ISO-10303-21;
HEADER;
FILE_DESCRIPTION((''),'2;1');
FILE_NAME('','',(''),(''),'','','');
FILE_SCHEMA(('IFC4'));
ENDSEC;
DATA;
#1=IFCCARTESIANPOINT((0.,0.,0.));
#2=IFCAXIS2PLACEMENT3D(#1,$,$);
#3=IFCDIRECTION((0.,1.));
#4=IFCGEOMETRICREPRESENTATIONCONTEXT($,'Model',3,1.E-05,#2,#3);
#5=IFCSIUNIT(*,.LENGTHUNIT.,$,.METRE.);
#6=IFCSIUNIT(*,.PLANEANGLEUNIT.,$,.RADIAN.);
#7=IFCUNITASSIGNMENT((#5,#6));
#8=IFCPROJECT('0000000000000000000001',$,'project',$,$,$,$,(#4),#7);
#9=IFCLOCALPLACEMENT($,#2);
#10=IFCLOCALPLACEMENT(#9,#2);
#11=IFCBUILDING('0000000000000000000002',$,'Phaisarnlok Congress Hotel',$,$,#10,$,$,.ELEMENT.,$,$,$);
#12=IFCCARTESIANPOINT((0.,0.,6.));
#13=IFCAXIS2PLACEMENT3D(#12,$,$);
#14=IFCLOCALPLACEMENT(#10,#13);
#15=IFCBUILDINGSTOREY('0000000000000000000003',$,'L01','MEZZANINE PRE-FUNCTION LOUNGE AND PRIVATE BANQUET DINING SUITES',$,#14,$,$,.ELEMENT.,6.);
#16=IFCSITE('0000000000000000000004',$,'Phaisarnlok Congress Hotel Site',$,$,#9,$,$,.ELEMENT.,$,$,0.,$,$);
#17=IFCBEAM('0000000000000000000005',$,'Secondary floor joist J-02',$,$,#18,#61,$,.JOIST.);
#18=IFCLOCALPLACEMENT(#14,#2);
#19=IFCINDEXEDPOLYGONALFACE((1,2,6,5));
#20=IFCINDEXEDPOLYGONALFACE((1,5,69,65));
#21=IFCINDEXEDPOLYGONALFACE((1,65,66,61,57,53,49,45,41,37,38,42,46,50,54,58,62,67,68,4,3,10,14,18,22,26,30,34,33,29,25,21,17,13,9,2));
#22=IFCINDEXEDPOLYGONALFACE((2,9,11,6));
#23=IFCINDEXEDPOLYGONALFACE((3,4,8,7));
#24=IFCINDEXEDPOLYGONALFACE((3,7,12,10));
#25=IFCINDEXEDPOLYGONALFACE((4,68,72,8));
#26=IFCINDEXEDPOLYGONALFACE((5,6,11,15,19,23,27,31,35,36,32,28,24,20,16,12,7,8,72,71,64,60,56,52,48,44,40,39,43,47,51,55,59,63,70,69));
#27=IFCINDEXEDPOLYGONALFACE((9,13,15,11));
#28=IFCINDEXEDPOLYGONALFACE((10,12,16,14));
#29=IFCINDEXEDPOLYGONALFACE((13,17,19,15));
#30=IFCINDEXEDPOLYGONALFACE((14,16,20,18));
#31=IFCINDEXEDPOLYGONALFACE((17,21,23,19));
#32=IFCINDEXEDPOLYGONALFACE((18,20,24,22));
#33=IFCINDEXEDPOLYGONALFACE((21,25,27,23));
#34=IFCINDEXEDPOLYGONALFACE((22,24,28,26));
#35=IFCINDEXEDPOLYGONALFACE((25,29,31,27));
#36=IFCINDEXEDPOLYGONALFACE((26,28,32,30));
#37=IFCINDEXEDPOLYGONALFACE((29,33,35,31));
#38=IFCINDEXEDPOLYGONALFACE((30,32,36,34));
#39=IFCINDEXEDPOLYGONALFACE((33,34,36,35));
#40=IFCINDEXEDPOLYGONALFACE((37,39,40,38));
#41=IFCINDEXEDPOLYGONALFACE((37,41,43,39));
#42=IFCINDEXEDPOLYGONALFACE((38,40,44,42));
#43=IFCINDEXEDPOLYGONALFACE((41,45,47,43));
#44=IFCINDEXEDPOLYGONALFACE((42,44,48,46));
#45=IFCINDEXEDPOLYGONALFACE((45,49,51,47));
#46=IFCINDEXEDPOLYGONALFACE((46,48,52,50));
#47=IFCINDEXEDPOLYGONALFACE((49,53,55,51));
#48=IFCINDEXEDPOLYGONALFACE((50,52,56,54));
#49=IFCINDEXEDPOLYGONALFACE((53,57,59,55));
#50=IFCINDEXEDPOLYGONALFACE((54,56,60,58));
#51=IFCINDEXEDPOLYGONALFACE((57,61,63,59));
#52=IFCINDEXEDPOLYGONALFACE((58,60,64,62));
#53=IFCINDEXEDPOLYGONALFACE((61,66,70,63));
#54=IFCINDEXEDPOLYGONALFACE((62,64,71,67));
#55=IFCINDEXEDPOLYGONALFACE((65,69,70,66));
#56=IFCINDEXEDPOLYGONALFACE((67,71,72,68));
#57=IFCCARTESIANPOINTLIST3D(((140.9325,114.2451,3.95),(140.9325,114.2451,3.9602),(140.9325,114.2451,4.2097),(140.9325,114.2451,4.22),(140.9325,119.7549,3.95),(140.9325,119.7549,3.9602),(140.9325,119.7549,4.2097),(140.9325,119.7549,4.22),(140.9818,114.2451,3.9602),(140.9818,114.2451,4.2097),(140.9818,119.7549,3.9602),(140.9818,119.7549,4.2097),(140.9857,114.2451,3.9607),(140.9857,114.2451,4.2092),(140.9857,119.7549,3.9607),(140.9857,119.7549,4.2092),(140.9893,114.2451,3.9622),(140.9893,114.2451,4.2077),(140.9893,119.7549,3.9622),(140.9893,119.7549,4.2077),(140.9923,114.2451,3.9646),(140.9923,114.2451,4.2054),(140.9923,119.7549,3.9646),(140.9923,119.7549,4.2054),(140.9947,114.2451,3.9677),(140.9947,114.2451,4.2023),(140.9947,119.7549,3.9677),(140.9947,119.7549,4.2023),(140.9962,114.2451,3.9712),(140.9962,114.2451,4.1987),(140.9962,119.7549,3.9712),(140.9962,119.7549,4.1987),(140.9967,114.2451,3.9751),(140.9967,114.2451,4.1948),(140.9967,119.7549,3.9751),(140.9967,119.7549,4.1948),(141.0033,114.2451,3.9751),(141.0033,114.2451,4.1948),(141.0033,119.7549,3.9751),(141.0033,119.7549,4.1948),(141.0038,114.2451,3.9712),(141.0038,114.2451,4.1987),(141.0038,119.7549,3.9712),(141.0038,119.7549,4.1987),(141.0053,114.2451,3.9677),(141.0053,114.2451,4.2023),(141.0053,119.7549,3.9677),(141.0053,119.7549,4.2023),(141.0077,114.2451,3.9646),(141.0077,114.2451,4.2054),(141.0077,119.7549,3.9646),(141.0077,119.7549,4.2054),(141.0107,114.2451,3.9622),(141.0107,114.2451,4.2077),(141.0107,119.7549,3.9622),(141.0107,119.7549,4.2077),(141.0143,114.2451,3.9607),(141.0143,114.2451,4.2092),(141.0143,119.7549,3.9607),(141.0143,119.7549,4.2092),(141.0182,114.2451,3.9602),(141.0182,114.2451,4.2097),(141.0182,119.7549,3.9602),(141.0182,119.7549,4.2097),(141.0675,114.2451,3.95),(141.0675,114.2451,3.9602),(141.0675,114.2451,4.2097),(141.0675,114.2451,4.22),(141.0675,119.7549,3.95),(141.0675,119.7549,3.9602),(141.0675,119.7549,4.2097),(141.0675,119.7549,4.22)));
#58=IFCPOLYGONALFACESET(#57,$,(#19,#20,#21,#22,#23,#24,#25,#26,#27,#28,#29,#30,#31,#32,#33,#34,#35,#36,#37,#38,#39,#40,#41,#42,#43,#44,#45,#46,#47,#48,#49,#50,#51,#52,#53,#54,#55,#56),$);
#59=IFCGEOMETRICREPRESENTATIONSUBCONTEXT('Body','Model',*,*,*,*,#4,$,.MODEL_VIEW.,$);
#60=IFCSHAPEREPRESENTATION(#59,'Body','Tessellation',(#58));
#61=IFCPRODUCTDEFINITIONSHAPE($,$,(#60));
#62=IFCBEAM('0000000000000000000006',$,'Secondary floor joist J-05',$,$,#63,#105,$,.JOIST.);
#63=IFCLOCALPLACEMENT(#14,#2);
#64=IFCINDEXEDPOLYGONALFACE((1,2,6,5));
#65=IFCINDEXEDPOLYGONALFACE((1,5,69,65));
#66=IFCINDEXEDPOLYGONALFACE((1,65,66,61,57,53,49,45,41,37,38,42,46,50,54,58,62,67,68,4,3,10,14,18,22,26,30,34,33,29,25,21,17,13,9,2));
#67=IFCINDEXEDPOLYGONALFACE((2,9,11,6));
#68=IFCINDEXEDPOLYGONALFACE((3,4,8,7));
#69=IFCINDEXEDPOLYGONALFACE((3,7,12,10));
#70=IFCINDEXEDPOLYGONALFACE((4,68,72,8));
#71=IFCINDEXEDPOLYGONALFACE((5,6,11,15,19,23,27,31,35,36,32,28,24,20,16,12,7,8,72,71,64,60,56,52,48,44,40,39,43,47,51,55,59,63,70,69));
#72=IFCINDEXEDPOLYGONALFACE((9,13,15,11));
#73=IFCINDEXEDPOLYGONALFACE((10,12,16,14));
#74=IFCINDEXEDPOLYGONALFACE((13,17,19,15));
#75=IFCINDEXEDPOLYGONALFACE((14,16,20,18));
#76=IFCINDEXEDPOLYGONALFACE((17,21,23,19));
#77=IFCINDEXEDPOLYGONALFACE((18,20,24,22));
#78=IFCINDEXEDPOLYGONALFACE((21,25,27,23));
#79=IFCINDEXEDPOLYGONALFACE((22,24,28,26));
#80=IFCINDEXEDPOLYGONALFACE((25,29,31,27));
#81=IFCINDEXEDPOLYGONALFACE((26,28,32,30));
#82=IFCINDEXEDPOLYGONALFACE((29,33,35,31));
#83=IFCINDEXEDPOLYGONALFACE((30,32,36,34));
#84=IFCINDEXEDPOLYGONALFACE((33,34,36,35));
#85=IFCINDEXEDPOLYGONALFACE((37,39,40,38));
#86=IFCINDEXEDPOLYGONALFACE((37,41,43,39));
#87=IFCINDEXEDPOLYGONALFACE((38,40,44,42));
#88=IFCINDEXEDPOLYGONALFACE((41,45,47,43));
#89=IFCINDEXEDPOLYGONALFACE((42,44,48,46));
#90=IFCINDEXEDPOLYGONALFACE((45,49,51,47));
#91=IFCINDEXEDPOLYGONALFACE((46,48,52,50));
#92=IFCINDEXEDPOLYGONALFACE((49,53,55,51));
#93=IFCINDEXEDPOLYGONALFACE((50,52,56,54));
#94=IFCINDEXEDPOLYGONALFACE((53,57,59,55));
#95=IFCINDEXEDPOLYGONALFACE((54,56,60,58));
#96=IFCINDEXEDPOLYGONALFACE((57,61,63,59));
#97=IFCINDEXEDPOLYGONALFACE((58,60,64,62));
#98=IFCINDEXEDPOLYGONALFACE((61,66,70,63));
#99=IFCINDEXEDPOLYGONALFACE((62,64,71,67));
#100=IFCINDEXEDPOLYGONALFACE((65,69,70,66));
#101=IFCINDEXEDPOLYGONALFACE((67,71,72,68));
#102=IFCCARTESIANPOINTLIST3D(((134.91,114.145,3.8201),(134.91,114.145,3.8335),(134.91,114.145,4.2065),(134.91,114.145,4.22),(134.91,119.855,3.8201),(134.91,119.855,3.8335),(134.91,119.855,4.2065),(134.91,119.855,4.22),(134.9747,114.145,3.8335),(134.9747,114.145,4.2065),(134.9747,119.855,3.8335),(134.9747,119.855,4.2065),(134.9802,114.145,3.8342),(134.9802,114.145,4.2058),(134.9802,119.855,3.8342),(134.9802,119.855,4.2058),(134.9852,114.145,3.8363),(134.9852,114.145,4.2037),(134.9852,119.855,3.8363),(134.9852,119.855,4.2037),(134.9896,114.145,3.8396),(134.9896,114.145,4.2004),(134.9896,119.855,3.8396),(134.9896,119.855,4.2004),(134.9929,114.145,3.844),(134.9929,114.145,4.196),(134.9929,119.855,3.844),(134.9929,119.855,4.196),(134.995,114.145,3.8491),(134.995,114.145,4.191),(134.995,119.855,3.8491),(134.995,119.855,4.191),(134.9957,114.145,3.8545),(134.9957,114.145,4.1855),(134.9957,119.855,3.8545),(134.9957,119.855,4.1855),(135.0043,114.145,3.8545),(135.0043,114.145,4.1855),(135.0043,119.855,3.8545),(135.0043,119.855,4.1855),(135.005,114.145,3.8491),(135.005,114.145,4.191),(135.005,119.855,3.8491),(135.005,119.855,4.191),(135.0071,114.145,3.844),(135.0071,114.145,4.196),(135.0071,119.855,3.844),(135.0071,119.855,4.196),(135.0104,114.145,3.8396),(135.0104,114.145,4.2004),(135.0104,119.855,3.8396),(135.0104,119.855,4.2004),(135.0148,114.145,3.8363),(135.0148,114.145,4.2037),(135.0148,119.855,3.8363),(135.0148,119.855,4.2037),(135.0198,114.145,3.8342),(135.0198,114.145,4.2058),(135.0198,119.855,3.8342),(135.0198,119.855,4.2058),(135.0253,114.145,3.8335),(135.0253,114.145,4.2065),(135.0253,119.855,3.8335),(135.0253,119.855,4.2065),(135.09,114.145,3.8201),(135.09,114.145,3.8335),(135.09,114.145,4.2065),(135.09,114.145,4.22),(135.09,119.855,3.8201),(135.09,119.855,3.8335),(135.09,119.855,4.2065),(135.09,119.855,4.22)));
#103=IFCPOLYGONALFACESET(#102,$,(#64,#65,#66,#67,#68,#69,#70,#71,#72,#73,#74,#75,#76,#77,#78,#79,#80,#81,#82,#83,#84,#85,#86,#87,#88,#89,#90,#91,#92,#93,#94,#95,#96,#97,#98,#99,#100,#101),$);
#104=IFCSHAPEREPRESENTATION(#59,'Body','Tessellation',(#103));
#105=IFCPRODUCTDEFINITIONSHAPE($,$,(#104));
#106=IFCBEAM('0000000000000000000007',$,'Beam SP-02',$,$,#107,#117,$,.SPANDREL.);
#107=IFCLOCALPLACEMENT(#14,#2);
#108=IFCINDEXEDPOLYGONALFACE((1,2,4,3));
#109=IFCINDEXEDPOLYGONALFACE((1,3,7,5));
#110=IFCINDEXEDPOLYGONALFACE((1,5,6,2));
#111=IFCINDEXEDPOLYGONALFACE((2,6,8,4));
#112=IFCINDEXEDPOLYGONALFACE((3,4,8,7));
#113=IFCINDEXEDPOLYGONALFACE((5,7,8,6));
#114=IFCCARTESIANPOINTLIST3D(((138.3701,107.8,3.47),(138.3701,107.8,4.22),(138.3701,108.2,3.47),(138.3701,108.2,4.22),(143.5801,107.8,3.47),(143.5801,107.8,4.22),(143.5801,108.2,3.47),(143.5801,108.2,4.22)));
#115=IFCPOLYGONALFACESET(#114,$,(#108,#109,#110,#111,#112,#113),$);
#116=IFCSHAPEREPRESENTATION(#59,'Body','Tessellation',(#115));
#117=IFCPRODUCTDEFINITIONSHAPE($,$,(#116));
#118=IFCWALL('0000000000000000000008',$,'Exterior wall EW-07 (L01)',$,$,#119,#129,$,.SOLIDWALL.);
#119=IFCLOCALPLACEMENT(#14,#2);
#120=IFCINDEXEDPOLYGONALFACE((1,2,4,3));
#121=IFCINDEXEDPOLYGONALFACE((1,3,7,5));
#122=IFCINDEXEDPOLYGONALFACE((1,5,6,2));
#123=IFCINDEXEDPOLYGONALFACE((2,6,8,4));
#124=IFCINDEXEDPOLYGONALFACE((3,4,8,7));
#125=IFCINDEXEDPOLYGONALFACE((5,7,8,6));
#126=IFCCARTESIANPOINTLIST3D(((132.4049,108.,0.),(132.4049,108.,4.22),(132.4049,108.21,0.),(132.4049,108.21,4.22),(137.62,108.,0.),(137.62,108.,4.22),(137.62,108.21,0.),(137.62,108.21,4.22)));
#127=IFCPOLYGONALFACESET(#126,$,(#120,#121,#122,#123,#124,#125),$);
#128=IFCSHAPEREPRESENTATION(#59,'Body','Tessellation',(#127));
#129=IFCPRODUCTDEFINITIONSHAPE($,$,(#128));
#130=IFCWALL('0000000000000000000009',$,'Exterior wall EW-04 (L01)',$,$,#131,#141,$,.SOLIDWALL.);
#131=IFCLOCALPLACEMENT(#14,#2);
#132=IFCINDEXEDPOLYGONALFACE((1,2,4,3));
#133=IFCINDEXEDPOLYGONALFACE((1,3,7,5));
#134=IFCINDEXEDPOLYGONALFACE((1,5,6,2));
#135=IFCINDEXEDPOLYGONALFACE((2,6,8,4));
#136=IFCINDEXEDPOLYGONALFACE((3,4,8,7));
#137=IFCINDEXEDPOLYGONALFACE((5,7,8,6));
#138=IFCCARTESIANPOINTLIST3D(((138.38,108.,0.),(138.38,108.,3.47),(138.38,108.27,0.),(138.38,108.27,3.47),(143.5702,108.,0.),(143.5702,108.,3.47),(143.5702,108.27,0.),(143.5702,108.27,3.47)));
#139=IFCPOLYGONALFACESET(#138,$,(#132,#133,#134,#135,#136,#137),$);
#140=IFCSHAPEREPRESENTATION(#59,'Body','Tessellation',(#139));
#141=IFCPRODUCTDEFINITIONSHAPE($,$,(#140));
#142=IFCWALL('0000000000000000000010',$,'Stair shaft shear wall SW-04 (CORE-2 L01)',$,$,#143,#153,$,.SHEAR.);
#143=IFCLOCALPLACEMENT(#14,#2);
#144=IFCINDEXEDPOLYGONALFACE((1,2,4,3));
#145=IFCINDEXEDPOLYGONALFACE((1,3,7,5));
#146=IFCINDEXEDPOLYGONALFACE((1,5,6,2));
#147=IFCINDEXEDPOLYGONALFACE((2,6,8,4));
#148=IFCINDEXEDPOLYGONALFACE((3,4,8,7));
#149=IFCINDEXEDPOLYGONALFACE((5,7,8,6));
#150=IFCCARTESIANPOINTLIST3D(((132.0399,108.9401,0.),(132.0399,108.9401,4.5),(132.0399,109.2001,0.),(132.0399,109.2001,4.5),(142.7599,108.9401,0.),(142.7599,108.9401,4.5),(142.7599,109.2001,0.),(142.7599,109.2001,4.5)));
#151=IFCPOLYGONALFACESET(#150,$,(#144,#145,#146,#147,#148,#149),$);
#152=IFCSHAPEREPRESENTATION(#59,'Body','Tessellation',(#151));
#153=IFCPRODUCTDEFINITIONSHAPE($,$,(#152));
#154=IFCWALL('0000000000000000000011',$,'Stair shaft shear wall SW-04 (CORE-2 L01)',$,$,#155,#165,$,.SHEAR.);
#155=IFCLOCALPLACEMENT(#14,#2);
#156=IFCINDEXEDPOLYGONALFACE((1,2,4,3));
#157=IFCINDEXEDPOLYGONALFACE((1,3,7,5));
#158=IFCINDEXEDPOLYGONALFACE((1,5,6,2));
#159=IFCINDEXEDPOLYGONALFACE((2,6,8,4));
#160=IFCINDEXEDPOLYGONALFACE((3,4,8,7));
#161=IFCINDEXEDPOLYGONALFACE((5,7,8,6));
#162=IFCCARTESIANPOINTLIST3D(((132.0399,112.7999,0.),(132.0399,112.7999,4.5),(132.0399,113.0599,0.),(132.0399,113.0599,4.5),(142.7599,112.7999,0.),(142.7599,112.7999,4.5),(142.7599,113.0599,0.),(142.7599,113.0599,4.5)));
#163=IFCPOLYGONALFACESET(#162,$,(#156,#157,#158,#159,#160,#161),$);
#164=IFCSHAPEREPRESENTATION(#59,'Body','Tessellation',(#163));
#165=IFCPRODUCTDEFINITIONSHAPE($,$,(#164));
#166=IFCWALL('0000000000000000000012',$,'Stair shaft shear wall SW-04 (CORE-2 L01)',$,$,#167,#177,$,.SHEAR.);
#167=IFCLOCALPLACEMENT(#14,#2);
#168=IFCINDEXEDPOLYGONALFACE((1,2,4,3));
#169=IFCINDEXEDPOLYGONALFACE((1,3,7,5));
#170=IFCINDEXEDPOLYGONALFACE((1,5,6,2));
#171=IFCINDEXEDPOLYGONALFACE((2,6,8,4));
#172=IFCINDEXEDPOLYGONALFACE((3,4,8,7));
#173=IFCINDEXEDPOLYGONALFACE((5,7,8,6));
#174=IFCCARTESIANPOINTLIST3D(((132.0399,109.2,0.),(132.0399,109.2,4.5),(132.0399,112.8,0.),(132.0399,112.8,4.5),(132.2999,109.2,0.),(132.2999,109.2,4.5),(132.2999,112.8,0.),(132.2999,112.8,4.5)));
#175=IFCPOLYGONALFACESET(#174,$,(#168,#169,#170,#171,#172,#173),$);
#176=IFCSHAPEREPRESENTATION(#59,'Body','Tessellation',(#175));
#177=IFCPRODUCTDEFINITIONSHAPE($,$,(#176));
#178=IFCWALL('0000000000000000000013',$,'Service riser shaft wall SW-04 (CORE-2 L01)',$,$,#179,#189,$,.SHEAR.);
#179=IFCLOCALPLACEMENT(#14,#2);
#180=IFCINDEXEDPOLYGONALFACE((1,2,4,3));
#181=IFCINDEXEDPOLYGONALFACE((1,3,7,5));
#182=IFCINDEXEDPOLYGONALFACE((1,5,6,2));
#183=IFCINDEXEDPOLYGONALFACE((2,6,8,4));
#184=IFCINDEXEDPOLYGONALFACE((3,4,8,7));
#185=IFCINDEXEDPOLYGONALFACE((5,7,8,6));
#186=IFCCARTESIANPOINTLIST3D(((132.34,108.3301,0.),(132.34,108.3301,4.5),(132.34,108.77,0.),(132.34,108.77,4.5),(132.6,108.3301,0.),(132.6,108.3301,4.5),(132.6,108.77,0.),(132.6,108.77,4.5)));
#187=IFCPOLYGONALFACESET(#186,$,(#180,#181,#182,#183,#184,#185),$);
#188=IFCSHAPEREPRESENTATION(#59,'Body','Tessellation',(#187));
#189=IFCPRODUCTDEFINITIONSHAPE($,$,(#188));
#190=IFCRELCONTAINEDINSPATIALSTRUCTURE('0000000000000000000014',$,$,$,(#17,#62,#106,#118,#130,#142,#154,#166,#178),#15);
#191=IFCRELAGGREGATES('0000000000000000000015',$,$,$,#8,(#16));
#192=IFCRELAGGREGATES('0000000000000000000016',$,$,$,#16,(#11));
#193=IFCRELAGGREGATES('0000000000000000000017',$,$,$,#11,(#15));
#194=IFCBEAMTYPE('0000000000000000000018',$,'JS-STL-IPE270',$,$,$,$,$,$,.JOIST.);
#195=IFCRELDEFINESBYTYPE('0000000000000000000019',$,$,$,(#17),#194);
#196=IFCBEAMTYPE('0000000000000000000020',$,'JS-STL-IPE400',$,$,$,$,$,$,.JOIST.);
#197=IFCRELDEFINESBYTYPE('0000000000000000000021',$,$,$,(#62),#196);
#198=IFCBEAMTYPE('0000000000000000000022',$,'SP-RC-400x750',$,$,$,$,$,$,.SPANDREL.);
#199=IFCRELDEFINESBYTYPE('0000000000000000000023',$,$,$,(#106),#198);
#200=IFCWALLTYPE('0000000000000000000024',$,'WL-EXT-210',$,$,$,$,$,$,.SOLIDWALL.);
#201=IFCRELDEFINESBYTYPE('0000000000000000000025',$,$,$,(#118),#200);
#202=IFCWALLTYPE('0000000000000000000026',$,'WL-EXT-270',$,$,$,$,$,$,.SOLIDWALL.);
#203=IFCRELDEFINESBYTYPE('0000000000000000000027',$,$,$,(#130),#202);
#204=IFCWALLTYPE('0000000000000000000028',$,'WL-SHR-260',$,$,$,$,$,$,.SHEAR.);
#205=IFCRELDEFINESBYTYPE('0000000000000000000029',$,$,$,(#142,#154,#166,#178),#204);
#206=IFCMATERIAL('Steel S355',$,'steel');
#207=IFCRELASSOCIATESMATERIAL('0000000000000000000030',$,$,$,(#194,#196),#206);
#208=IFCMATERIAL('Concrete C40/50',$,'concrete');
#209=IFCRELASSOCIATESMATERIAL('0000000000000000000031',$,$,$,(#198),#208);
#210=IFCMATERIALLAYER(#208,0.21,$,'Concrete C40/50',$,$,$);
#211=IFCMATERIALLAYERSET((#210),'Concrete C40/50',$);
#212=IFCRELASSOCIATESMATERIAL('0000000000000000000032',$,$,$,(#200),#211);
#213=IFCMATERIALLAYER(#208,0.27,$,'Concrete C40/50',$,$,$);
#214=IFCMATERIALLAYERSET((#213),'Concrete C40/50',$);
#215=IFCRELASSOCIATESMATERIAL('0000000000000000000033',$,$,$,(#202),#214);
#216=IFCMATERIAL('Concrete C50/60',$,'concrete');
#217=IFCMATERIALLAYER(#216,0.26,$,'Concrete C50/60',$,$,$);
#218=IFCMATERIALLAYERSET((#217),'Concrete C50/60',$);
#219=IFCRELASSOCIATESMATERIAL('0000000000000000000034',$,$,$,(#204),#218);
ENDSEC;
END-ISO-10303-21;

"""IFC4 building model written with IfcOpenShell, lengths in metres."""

from ifc_helpers import new_model, si_unit, direction, frame, frame_2d, origin, origin_2d, place, context, subcontext, project, spatial, rectangle, i_section, extrude, material, layer, layer_set, material_profile, profile_set, type_object, element, save


model = new_model("IFC4")

# Units and contexts
model_context = context("Model", 3, precision=1e-05, world=origin(), true_north=direction((0.0, 1.0)))
body_context = subcontext(model_context, "Body", "Model", "MODEL_VIEW")
ifc_project = project(units=[si_unit("LENGTHUNIT", "METRE"), si_unit("PLANEANGLEUNIT", "RADIAN")], contexts=[model_context])

# Site, building, storey
site_placement = place(None, origin())
site = spatial("IfcSite", under=ifc_project, at=site_placement, Name="Phaisarnlok Congress Hotel Site", CompositionType="ELEMENT", RefElevation=0.0)
building_placement = place(site_placement, origin())
building = spatial("IfcBuilding", under=site, at=building_placement, Name="Phaisarnlok Congress Hotel", CompositionType="ELEMENT")
storey_placement = place(building_placement, frame((0.0, 0.0, 6.0)))
storey = spatial("IfcBuildingStorey", under=building, at=storey_placement, Name="L01", Description="MEZZANINE PRE-FUNCTION LOUNGE AND PRIVATE BANQUET DINING SUITES", CompositionType="ELEMENT", Elevation=6.0)

# Shared definitions
ifc_material_1 = material(Name="Concrete C50/60", Category="concrete")

# Beams
ifc_material_2 = material(Name="Concrete C40/50", Category="concrete")
ifc_material_3 = material(Name="Steel S355", Category="steel")
ifc_material_profile_1 = material_profile(ifc_material_3, i_section(OverallWidth=0.135, OverallDepth=0.27, WebThickness=0.0066, FlangeThickness=0.0103, FilletRadius=0.0149, at=origin_2d()), Name="IPE 270")
ifc_profile_set_1 = profile_set([ifc_material_profile_1], Name="Steel S355")
beam_type_1 = type_object("IfcBeamType", Name="JS-STL-IPE270", PredefinedType="JOIST", material=ifc_profile_set_1)
beam_1_placement = place(storey_placement, frame((141.0, 114.2451, 4.085), z_axis=(0.0, 1.0, 0.0), x_axis=(-1.0, 0.0, 0.0)))
element("IfcBeam", 1, at=beam_1_placement, inside=storey, type_object=beam_type_1, Name="Secondary floor joist J-02", PredefinedType="JOIST", context=body_context, shape_type="SweptSolid", body=[
    extrude(i_section(OverallWidth=0.135, OverallDepth=0.27, WebThickness=0.0066, FlangeThickness=0.0103, FilletRadius=0.0149, at=origin_2d()), origin(), (0.0, 0.0, 1.0), 5.5098),
])
ifc_material_profile_2 = material_profile(ifc_material_3, i_section(OverallWidth=0.1799, OverallDepth=0.3999, WebThickness=0.0085, FlangeThickness=0.0134, FilletRadius=0.021, at=origin_2d()), Name="IPE 400")
ifc_profile_set_2 = profile_set([ifc_material_profile_2], Name="Steel S355")
beam_type_2 = type_object("IfcBeamType", Name="JS-STL-IPE400", PredefinedType="JOIST", material=ifc_profile_set_2)
beam_2_placement = place(storey_placement, frame((135.0, 114.145, 4.02), z_axis=(0.0, 1.0, 0.0), x_axis=(-1.0, 0.0, 0.0)))
element("IfcBeam", 2, at=beam_2_placement, inside=storey, type_object=beam_type_2, Name="Secondary floor joist J-05", PredefinedType="JOIST", context=body_context, shape_type="SweptSolid", body=[
    extrude(i_section(OverallWidth=0.1799, OverallDepth=0.3999, WebThickness=0.0085, FlangeThickness=0.0134, FilletRadius=0.021, at=origin_2d()), origin(), (0.0, 0.0, 1.0), 5.71),
])
ifc_material_profile_3 = material_profile(ifc_material_2, rectangle(XDim=0.3999, YDim=0.75, at=origin_2d()), Name="RC 400x750")
ifc_profile_set_3 = profile_set([ifc_material_profile_3], Name="Concrete C40/50")
beam_type_3 = type_object("IfcBeamType", Name="SP-RC-400x750", PredefinedType="SPANDREL", material=ifc_profile_set_3)
beam_3_placement = place(storey_placement, frame((138.3701, 108.0, 3.845), z_axis=(1.0, 0.0, 0.0), x_axis=(0.0, 1.0, 0.0)))
element("IfcBeam", 3, at=beam_3_placement, inside=storey, type_object=beam_type_3, Name="Beam SP-02", PredefinedType="SPANDREL", context=body_context, shape_type="SweptSolid", body=[
    extrude(rectangle(XDim=0.3999, YDim=0.75, at=origin_2d()), origin(), (0.0, 0.0, 1.0), 5.21),
])

# Walls
ifc_layer_1 = layer(ifc_material_2, 0.21, Name="Concrete C40/50")
ifc_layer_set_1 = layer_set([ifc_layer_1], Name="Concrete C40/50")
wall_type_1 = type_object("IfcWallType", Name="WL-EXT-210", PredefinedType="SOLIDWALL", material=ifc_layer_set_1)
wall_1_placement = place(storey_placement, frame((132.405, 108.105, 0.0), z_axis=(0.0, 0.0, 1.0), x_axis=(1.0, 0.0, 0.0)))
element("IfcWall", 4, at=wall_1_placement, inside=storey, type_object=wall_type_1, Name="Exterior wall EW-07 (L01)", PredefinedType="SOLIDWALL", context=body_context, shape_type="SweptSolid", body=[
    extrude(rectangle(XDim=5.2151, YDim=0.21, at=frame_2d((2.6074, 0.0))), origin(), (0.0, 0.0, 1.0), 4.22),
])
ifc_layer_2 = layer(ifc_material_2, 0.27, Name="Concrete C40/50")
ifc_layer_set_2 = layer_set([ifc_layer_2], Name="Concrete C40/50")
wall_type_2 = type_object("IfcWallType", Name="WL-EXT-270", PredefinedType="SOLIDWALL", material=ifc_layer_set_2)
wall_2_placement = place(storey_placement, frame((138.3799, 108.135, 0.0), z_axis=(0.0, 0.0, 1.0), x_axis=(1.0, 0.0, 0.0)))
element("IfcWall", 5, at=wall_2_placement, inside=storey, type_object=wall_type_2, Name="Exterior wall EW-04 (L01)", PredefinedType="SOLIDWALL", context=body_context, shape_type="SweptSolid", body=[
    extrude(rectangle(XDim=5.1902, YDim=0.27, at=frame_2d((2.5952, 0.0))), origin(), (0.0, 0.0, 1.0), 3.47),
])
ifc_layer_3 = layer(ifc_material_1, 0.26, Name="Concrete C50/60")
ifc_layer_set_3 = layer_set([ifc_layer_3], Name="Concrete C50/60")
wall_type_3 = type_object("IfcWallType", Name="WL-SHR-260", PredefinedType="SHEAR", material=ifc_layer_set_3)
for number, where, z_axis, x_axis, name in (
    (6, (132.04, 109.0701, 0.0), (0.0, 0.0, 1.0), (1.0, 0.0, 0.0), "Stair shaft shear wall SW-04 (CORE-2 L01)"),
    (7, (132.04, 112.9299, 0.0), (0.0, 0.0, 1.0), (1.0, 0.0, 0.0), "Stair shaft shear wall SW-04 (CORE-2 L01)"),
):
    element("IfcWall", number, at=place(storey_placement, frame(where, z_axis=z_axis, x_axis=x_axis)), inside=storey, type_object=wall_type_3, Name=name, PredefinedType="SHEAR", context=body_context, shape_type="SweptSolid", body=[
        extrude(rectangle(XDim=10.72, YDim=0.26, at=frame_2d((5.3599, 0.0))), origin(), (0.0, 0.0, 1.0), 4.5),
    ])
wall_3_placement = place(storey_placement, frame((132.1699, 109.2, 0.0), z_axis=(0.0, 0.0, 1.0), x_axis=(0.0, 1.0, 0.0)))
element("IfcWall", 8, at=wall_3_placement, inside=storey, type_object=wall_type_3, Name="Stair shaft shear wall SW-04 (CORE-2 L01)", PredefinedType="SHEAR", context=body_context, shape_type="SweptSolid", body=[
    extrude(rectangle(XDim=3.6001, YDim=0.26, at=frame_2d((1.8, 0.0))), origin(), (0.0, 0.0, 1.0), 4.5),
])
for number, where, z_axis, x_axis, name in (
    (9, (132.47, 108.3301, 0.0), (0.0, 0.0, 1.0), (0.0, 1.0, 0.0), "Service riser shaft wall SW-04 (CORE-2 L01)"),
):
    element("IfcWall", number, at=place(storey_placement, frame(where, z_axis=z_axis, x_axis=x_axis)), inside=storey, type_object=wall_type_3, Name=name, PredefinedType="SHEAR", context=body_context, shape_type="SweptSolid", body=[
        extrude(rectangle(XDim=0.4399, YDim=0.26, at=frame_2d((0.22, 0.0))), origin(), (0.0, 0.0, 1.0), 4.5),
    ])

save(model, "model.ifc")
